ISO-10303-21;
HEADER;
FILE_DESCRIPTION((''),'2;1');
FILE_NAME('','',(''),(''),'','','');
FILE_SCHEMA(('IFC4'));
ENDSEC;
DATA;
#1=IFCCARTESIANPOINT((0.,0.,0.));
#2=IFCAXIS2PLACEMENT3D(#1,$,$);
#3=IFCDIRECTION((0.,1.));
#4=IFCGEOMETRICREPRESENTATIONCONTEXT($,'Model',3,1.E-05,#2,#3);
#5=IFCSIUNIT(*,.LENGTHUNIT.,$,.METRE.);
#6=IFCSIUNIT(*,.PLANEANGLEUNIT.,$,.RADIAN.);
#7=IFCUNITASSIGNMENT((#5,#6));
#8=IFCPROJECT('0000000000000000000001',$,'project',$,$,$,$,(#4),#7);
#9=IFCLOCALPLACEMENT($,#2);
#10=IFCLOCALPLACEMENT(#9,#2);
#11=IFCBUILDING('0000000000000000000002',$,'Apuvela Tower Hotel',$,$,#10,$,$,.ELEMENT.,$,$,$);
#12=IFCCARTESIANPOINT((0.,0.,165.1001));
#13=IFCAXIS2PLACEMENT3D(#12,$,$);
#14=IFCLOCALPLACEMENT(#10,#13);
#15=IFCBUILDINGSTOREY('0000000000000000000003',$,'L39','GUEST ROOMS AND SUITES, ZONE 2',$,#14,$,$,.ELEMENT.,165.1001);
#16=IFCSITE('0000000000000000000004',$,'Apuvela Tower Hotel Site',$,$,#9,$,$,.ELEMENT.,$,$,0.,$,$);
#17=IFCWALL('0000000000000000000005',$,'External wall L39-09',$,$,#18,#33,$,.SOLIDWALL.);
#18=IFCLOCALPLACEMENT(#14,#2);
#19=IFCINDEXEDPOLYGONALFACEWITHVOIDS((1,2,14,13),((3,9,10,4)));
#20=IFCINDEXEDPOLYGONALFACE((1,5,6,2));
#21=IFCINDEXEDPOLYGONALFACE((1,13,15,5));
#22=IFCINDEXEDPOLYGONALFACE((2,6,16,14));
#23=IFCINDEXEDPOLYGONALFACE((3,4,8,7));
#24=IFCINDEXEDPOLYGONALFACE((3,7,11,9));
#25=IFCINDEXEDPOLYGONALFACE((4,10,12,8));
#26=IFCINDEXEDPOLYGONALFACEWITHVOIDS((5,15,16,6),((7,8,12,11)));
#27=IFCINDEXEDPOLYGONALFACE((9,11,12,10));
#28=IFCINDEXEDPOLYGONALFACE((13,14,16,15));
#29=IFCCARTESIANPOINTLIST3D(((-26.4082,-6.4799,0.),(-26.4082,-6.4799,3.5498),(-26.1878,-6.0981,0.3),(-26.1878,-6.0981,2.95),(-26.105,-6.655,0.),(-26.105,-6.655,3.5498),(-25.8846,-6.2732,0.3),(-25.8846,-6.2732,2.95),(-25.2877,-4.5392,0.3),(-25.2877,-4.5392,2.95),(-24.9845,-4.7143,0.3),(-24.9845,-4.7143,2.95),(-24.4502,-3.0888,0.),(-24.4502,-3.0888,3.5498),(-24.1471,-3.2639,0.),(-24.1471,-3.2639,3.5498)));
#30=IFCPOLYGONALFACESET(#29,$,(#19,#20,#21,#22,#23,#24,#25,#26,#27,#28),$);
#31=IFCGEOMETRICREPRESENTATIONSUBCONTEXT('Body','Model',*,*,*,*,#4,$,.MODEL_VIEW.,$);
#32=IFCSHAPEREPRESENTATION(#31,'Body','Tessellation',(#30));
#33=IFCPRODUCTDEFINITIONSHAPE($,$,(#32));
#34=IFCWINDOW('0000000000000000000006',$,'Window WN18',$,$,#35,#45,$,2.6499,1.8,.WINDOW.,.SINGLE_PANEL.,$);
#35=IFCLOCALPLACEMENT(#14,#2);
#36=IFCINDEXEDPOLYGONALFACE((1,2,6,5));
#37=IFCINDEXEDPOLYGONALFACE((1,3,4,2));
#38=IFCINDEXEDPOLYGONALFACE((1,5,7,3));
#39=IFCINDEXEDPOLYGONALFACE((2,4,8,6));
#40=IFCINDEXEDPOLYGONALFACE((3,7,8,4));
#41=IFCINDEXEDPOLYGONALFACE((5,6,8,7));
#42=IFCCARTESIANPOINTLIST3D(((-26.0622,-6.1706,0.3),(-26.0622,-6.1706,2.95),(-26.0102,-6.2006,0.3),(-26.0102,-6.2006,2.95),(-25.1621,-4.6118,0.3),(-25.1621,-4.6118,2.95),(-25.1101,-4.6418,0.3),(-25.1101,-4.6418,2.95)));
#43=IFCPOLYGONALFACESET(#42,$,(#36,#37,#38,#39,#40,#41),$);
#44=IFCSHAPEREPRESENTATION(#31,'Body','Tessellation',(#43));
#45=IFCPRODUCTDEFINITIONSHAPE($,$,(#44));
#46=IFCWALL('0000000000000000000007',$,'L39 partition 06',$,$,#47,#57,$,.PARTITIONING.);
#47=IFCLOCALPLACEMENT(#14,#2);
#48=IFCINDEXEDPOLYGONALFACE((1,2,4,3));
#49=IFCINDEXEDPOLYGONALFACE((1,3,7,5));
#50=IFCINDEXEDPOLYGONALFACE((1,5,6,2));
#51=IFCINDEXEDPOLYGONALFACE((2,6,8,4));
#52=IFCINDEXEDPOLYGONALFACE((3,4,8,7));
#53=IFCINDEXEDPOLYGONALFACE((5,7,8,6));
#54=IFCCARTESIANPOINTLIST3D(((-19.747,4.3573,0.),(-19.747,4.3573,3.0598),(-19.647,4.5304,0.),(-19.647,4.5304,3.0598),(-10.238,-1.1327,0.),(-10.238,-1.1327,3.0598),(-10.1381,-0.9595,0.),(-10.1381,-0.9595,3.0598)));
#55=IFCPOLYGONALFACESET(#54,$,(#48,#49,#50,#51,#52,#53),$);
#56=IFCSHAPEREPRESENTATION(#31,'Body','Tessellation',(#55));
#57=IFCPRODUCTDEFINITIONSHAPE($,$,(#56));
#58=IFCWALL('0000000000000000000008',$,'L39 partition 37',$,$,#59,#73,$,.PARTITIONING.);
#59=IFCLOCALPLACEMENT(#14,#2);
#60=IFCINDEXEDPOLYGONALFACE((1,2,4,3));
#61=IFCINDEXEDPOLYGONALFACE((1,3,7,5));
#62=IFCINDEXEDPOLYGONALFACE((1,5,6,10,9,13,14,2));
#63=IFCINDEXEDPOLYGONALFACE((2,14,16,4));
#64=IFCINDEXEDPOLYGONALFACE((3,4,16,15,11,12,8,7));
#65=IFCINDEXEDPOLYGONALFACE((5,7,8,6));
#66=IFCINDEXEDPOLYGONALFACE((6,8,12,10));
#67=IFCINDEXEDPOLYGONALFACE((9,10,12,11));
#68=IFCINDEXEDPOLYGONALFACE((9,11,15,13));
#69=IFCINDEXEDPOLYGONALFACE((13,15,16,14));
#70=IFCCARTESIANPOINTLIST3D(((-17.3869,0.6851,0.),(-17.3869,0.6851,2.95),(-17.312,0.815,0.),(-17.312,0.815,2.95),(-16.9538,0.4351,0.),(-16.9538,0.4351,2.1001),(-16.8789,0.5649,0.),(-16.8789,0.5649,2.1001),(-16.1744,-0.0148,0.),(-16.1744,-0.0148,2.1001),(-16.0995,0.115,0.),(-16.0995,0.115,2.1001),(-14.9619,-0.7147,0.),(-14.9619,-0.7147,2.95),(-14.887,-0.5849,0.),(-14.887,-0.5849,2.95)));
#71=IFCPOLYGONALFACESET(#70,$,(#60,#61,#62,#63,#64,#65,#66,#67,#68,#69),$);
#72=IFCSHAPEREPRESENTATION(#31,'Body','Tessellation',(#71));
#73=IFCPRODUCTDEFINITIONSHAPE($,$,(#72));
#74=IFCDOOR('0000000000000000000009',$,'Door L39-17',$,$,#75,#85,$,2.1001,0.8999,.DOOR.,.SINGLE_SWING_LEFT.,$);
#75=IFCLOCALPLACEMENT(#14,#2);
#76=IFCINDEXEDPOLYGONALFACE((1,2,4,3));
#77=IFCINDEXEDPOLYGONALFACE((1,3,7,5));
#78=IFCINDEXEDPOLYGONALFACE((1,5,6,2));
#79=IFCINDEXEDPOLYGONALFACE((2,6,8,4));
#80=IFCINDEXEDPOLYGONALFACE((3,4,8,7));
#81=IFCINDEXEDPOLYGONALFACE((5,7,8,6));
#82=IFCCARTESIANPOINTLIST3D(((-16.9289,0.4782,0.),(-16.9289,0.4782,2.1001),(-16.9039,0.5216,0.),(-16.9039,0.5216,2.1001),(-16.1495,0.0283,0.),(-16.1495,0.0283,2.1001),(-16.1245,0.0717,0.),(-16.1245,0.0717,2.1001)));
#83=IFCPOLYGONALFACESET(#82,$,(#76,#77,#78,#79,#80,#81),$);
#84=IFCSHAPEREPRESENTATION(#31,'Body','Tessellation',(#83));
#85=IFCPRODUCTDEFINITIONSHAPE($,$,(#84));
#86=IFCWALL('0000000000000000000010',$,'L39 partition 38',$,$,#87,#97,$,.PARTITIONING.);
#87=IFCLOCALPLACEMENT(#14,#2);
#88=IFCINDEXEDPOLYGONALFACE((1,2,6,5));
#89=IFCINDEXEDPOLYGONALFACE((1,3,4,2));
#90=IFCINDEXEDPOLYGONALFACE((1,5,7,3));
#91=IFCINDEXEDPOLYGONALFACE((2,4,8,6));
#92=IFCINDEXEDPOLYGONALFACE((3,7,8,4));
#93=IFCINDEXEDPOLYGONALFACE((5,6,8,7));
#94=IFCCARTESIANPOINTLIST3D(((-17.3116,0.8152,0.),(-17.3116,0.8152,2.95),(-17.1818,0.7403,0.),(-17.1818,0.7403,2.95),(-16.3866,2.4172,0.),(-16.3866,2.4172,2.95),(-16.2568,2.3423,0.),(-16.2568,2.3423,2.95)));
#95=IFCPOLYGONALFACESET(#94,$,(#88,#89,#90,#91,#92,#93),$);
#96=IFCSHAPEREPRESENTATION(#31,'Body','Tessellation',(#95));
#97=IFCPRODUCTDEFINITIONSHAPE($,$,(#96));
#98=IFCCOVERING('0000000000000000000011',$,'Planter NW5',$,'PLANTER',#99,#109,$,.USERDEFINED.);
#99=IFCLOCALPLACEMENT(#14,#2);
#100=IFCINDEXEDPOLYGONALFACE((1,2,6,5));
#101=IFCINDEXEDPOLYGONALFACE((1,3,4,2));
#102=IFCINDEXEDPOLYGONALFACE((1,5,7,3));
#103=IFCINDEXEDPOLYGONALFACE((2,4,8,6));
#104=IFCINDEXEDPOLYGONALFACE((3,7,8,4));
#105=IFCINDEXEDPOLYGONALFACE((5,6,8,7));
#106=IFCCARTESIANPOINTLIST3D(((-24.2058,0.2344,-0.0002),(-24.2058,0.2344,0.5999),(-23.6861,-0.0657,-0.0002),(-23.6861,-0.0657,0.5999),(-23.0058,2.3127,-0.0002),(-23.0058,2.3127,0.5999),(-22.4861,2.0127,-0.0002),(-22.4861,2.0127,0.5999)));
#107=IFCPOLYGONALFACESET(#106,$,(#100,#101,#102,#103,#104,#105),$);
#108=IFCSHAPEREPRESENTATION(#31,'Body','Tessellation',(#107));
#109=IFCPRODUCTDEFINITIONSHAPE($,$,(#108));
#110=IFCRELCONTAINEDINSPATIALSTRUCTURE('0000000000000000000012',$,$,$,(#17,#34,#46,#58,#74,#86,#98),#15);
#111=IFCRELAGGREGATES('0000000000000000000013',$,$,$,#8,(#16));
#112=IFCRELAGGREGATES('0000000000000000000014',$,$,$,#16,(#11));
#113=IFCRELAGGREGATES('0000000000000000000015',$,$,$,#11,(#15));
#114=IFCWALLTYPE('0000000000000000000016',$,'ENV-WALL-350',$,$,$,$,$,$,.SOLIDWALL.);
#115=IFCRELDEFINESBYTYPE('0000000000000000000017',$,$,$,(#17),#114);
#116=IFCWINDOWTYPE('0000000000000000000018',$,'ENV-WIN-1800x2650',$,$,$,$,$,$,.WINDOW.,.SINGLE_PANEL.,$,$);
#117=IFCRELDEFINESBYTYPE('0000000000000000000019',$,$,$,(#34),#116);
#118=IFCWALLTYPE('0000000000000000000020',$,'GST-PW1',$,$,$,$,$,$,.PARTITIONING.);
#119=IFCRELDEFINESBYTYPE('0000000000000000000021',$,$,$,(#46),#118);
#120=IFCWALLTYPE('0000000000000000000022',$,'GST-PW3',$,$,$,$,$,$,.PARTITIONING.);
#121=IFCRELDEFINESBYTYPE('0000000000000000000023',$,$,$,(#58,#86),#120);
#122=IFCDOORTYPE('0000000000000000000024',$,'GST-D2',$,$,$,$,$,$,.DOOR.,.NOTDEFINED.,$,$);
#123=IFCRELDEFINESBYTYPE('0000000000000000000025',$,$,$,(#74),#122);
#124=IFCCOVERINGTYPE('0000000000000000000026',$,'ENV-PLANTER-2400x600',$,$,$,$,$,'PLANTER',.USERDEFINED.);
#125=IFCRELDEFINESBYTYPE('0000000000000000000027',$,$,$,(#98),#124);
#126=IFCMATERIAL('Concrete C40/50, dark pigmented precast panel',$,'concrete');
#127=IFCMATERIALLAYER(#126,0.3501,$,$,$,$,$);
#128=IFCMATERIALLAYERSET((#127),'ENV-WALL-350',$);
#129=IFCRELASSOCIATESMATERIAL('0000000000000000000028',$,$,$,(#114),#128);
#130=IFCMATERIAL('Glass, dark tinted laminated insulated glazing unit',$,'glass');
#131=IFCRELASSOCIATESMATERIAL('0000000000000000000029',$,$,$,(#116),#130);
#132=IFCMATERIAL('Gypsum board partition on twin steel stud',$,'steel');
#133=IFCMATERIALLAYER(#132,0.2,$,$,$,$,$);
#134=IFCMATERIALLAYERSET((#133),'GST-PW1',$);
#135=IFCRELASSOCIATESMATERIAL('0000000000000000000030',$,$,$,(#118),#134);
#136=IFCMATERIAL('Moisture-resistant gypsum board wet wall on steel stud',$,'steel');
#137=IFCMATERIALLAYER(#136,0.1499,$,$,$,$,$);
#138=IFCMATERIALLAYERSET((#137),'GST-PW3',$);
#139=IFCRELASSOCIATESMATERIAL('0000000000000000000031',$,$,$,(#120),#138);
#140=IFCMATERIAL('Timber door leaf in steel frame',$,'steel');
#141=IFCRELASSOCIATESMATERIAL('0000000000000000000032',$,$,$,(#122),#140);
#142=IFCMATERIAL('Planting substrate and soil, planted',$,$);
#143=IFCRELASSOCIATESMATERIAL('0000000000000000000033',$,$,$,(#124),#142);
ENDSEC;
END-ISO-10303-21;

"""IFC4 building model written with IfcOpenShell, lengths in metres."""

from ifc_helpers import new_model, si_unit, direction, frame, frame_2d, origin, origin_2d, place, context, subcontext, project, spatial, rectangle, extrude, material, layer, layer_set, type_object, element, fill, save


model = new_model("IFC4")

# Units and contexts
model_context = context("Model", 3, precision=1e-05, world=origin(), true_north=direction((0.0, 1.0)))
body_context = subcontext(model_context, "Body", "Model", "MODEL_VIEW")
ifc_project = project(units=[si_unit("LENGTHUNIT", "METRE"), si_unit("PLANEANGLEUNIT", "RADIAN")], contexts=[model_context])

# Site, building, storey
site_placement = place(None, origin())
site = spatial("IfcSite", under=ifc_project, at=site_placement, Name="Apuvela Tower Hotel Site", CompositionType="ELEMENT", RefElevation=0.0)
building_placement = place(site_placement, origin())
building = spatial("IfcBuilding", under=site, at=building_placement, Name="Apuvela Tower Hotel", CompositionType="ELEMENT")
storey_placement = place(building_placement, frame((0.0, 0.0, 165.1001)))
storey = spatial("IfcBuildingStorey", under=building, at=storey_placement, Name="L39", Description="GUEST ROOMS AND SUITES, ZONE 2", CompositionType="ELEMENT", Elevation=165.1001)

# Shared definitions
ifc_material_1 = material(Name="Concrete C40/50, dark pigmented precast panel", Category="concrete")
ifc_layer_1 = layer(ifc_material_1, 0.3501)
ifc_layer_set_1 = layer_set([ifc_layer_1], Name="ENV-WALL-350")
wall_type_1 = type_object("IfcWallType", Name="ENV-WALL-350", PredefinedType="SOLIDWALL", material=ifc_layer_set_1)

# Shared definitions
ifc_material_2 = material(Name="Glass, dark tinted laminated insulated glazing unit", Category="glass")

# Wall, opening, window
wall_1_placement = place(storey_placement, frame((-24.2986, -3.1763, 0.0), z_axis=(0.0, 0.0, 1.0), x_axis=(-0.500028, -0.866009, 0.0)))
wall_1 = element("IfcWall", 1, at=wall_1_placement, inside=storey, type_object=wall_type_1, Name="External wall L39-09", PredefinedType="SOLIDWALL", context=body_context, shape_type="SweptSolid", body=[
    extrude(rectangle(XDim=3.9158, YDim=0.3501, at=frame_2d((1.958, 0.0))), origin(), (0.0, 0.0, 1.0), 3.5498),
])
opening_1_placement = place(wall_1_placement, frame((1.675, 0.0, 0.3)))
opening_1 = element("IfcOpeningElement", 2, at=opening_1_placement, cuts=wall_1, PredefinedType="OPENING", context=body_context, shape_type="SweptSolid", body=[
    extrude(rectangle(XDim=1.8, YDim=2.6499, at=frame_2d((0.8999, 1.325))), frame((0.0, 0.1851, 0.0), z_axis=(0.0, -1.0, 0.0), x_axis=(1.0, 0.0, 0.0)), (0.0, 0.0, 1.0), 0.3701),
])
window_type_1 = type_object("IfcWindowType", Name="ENV-WIN-1800x2650", PartitioningType="SINGLE_PANEL", PredefinedType="WINDOW", material=ifc_material_2)
window_1_placement = place(opening_1_placement, origin())
window_1 = element("IfcWindow", 3, at=window_1_placement, inside=storey, type_object=window_type_1, Name="Window WN18", OverallHeight=2.6499, OverallWidth=1.8, PartitioningType="SINGLE_PANEL", PredefinedType="WINDOW", context=body_context, shape_type="SweptSolid", body=[
    extrude(rectangle(XDim=1.8, YDim=2.6499, at=frame_2d((0.8999, 1.325))), frame((0.0, 0.03, 0.0), z_axis=(0.0, -1.0, 0.0), x_axis=(1.0, 0.0, 0.0)), (0.0, 0.0, 1.0), 0.0601),
])
fill(opening_1, window_1)

# Wall
ifc_material_3 = material(Name="Gypsum board partition on twin steel stud", Category="steel")
ifc_layer_2 = layer(ifc_material_3, 0.2)
ifc_layer_set_2 = layer_set([ifc_layer_2], Name="GST-PW1")
wall_type_2 = type_object("IfcWallType", Name="GST-PW1", PredefinedType="PARTITIONING", material=ifc_layer_set_2)
wall_2_placement = place(storey_placement, frame((-19.697, 4.4438, 0.0), z_axis=(0.0, 0.0, 1.0), x_axis=(0.866027, -0.499996, 0.0)))
element("IfcWall", 4, at=wall_2_placement, inside=storey, type_object=wall_type_2, Name="L39 partition 06", PredefinedType="PARTITIONING", context=body_context, shape_type="SweptSolid", body=[
    extrude(rectangle(XDim=10.98, YDim=0.2, at=frame_2d((5.49, 0.0))), origin(), (0.0, 0.0, 1.0), 3.0598),
])

# Wall, opening, door
ifc_material_4 = material(Name="Moisture-resistant gypsum board wet wall on steel stud", Category="steel")
ifc_layer_3 = layer(ifc_material_4, 0.1499)
ifc_layer_set_3 = layer_set([ifc_layer_3], Name="GST-PW3")
wall_type_3 = type_object("IfcWallType", Name="GST-PW3", PredefinedType="PARTITIONING", material=ifc_layer_set_3)
wall_3_placement = place(storey_placement, frame((-17.3494, 0.75, 0.0), z_axis=(0.0, 0.0, 1.0), x_axis=(0.866056, -0.499946, 0.0)))
wall_3 = element("IfcWall", 5, at=wall_3_placement, inside=storey, type_object=wall_type_3, Name="L39 partition 37", PredefinedType="PARTITIONING", context=body_context, shape_type="SweptSolid", body=[
    extrude(rectangle(XDim=2.8, YDim=0.1499, at=frame_2d((1.3999, 0.0))), origin(), (0.0, 0.0, 1.0), 2.95),
])
opening_2_placement = place(wall_3_placement, frame((0.5, 0.0, 0.0)))
opening_2 = element("IfcOpeningElement", 6, at=opening_2_placement, cuts=wall_3, PredefinedType="OPENING", context=body_context, shape_type="SweptSolid", body=[
    extrude(rectangle(XDim=0.8999, YDim=2.1001, at=frame_2d((0.45, 1.05))), frame((0.0, 0.085, 0.0), z_axis=(0.0, -1.0, 0.0), x_axis=(1.0, 0.0, 0.0)), (0.0, 0.0, 1.0), 0.1699),
])
ifc_material_5 = material(Name="Timber door leaf in steel frame", Category="steel")
door_type_1 = type_object("IfcDoorType", Name="GST-D2", OperationType="NOTDEFINED", PredefinedType="DOOR", material=ifc_material_5)
door_1_placement = place(opening_2_placement, origin())
door_1 = element("IfcDoor", 7, at=door_1_placement, inside=storey, type_object=door_type_1, Name="Door L39-17", OperationType="SINGLE_SWING_LEFT", OverallHeight=2.1001, OverallWidth=0.8999, PredefinedType="DOOR", context=body_context, shape_type="SweptSolid", body=[
    extrude(rectangle(XDim=0.8999, YDim=2.1001, at=frame_2d((0.45, 1.05))), frame((0.0, 0.0249, 0.0), z_axis=(0.0, -1.0, 0.0), x_axis=(1.0, 0.0, 0.0)), (0.0, 0.0, 1.0), 0.05),
])
fill(opening_2, door_1)

# Wall
wall_4_placement = place(storey_placement, frame((-16.3218, 2.3796, 0.0), z_axis=(0.0, 0.0, 1.0), x_axis=(-0.500042, -0.866001, 0.0)))
element("IfcWall", 8, at=wall_4_placement, inside=storey, type_object=wall_type_3, Name="L39 partition 38", PredefinedType="PARTITIONING", context=body_context, shape_type="SweptSolid", body=[
    extrude(rectangle(XDim=1.8499, YDim=0.1499, at=frame_2d((0.9248, 0.0))), origin(), (0.0, 0.0, 1.0), 2.95),
])

# Covering
ifc_material_6 = material(Name="Planting substrate and soil, planted")
covering_type = type_object("IfcCoveringType", Name="ENV-PLANTER-2400x600", ElementType="PLANTER", PredefinedType="USERDEFINED", material=ifc_material_6)
covering_placement = place(storey_placement, frame((-23.3459, 1.1235, -0.0002), z_axis=(0.0, 0.0, 1.0), x_axis=(-0.5, -0.866025, 0.0)))
element("IfcCovering", 9, at=covering_placement, inside=storey, type_object=covering_type, Name="Planter NW5", ObjectType="PLANTER", PredefinedType="USERDEFINED", context=body_context, shape_type="SweptSolid", body=[
    extrude(rectangle(XDim=2.3999, YDim=0.6001, at=origin_2d()), origin(), (0.0, 0.0, 1.0), 0.6001),
])

save(model, "model.ifc")
